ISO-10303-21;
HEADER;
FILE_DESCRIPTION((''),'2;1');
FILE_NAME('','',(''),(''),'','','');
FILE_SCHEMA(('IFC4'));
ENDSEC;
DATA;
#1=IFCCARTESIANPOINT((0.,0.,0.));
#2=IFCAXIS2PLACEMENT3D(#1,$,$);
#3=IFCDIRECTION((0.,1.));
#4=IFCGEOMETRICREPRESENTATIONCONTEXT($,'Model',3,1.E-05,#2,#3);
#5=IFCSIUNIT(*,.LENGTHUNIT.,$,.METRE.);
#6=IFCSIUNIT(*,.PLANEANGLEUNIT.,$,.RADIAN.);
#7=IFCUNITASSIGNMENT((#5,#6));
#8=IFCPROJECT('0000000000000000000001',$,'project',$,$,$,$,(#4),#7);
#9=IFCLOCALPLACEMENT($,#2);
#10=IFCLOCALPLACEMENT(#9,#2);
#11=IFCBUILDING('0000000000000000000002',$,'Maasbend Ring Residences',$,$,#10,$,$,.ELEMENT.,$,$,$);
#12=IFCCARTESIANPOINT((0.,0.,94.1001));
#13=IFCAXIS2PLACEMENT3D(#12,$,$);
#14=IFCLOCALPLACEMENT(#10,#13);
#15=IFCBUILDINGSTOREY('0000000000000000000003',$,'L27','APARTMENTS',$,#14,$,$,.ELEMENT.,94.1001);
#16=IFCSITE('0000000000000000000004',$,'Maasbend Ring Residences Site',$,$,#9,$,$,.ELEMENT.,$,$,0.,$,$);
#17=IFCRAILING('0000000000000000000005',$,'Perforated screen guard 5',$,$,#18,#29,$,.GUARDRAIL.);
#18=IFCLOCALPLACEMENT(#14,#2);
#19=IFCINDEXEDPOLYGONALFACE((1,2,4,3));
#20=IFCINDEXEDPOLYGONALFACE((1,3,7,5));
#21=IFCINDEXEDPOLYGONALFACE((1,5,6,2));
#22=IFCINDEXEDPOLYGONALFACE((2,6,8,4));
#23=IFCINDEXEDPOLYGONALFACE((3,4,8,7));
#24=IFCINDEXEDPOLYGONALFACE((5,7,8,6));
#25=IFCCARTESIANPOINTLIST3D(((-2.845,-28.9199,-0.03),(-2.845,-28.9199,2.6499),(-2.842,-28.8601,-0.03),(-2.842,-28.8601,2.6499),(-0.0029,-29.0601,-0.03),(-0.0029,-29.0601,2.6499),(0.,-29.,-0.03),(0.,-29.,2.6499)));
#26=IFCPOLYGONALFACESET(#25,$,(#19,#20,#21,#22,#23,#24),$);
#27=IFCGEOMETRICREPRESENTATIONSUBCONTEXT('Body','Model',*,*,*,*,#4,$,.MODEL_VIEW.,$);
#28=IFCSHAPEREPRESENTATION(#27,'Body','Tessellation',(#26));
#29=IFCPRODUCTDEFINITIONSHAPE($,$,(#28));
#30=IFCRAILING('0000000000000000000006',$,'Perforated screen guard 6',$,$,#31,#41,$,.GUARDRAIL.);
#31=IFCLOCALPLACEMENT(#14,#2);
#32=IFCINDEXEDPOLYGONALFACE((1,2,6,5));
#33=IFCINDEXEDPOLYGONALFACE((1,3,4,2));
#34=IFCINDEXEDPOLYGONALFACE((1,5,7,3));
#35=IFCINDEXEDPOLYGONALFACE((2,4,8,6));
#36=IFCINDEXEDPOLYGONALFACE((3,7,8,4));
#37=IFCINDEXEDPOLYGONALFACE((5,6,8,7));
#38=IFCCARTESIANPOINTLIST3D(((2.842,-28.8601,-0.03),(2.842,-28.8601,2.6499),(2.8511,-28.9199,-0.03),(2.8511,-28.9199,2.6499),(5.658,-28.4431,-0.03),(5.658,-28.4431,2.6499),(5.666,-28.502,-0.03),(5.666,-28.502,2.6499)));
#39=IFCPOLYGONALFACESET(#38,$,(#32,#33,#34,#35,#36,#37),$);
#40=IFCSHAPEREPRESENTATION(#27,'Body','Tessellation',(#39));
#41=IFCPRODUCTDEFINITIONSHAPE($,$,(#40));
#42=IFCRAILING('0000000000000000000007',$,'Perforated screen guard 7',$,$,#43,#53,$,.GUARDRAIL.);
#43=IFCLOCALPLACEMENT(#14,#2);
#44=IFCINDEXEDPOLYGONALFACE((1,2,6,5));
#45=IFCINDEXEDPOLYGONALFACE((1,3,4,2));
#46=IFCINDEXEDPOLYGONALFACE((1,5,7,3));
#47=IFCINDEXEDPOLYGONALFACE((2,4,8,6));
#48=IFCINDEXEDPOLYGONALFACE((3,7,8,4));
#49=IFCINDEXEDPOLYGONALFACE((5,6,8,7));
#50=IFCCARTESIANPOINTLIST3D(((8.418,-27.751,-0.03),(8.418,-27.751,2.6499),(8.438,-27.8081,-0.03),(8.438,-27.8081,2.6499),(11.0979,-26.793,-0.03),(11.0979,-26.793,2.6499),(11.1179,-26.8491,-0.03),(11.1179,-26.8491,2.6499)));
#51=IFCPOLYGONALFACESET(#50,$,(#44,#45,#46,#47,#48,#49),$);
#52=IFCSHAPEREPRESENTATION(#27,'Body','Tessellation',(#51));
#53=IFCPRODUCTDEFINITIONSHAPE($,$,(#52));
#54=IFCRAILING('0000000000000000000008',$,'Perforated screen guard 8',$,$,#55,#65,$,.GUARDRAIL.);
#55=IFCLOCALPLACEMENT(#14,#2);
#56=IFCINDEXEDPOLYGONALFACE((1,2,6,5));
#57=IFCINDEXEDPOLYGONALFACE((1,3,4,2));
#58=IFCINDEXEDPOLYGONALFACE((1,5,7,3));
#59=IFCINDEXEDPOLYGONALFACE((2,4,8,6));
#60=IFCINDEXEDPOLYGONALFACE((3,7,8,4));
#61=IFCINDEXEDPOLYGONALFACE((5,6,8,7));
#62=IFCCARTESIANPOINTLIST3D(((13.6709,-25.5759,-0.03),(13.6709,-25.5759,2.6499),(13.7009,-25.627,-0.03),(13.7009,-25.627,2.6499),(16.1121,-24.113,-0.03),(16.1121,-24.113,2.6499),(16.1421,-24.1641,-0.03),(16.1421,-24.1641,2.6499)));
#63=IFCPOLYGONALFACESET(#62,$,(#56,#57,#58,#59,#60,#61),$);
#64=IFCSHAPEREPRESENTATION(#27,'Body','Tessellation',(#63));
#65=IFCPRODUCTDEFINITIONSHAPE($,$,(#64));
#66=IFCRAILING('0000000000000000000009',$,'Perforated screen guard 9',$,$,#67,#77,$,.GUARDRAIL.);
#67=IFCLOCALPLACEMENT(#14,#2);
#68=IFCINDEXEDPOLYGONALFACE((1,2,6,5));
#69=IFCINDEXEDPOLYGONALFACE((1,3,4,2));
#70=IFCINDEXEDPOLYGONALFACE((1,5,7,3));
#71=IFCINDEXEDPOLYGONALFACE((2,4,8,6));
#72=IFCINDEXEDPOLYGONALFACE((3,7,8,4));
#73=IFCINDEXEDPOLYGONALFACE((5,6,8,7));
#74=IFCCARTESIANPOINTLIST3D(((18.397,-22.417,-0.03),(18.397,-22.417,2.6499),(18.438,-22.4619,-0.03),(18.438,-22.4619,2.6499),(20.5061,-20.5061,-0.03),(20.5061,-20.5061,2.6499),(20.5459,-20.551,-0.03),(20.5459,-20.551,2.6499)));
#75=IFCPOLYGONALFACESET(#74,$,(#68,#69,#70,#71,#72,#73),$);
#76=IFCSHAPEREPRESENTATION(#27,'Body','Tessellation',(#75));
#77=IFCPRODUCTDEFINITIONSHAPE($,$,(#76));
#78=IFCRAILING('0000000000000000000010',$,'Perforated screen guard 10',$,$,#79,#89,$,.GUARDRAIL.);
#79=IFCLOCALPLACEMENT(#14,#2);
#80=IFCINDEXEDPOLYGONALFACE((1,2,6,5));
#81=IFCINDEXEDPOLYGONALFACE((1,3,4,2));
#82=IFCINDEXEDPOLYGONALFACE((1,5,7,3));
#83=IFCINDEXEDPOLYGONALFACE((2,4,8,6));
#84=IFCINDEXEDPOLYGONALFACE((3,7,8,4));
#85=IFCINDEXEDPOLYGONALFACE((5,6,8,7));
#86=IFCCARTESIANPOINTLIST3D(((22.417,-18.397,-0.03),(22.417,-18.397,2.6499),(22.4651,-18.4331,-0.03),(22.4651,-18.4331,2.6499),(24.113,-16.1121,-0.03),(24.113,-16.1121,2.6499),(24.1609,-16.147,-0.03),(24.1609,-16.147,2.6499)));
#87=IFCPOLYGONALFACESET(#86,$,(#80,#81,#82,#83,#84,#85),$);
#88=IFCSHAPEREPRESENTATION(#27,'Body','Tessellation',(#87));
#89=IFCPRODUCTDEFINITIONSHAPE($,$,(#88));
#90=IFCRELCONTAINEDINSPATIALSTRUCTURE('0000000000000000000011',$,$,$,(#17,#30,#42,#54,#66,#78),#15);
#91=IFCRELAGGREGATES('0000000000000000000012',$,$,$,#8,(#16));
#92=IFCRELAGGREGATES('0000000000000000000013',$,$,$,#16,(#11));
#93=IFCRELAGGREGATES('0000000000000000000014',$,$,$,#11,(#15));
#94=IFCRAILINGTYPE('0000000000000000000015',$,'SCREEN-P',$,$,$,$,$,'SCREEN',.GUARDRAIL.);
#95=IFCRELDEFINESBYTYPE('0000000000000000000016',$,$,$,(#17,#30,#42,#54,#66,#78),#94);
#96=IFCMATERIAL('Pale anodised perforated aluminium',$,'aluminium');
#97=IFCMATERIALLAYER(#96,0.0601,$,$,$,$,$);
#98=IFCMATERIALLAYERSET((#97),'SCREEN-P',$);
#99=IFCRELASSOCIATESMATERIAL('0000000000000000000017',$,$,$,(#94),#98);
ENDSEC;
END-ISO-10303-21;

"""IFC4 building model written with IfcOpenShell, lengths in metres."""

from ifc_helpers import new_model, si_unit, direction, frame, origin, place, context, subcontext, project, spatial, polyline, outline, extrude, material, layer, layer_set, type_object, element, save


model = new_model("IFC4")

# Units and contexts
model_context = context("Model", 3, precision=1e-05, world=origin(), true_north=direction((0.0, 1.0)))
body_context = subcontext(model_context, "Body", "Model", "MODEL_VIEW")
ifc_project = project(units=[si_unit("LENGTHUNIT", "METRE"), si_unit("PLANEANGLEUNIT", "RADIAN")], contexts=[model_context])

# Site, building, storey
site_placement = place(None, origin())
site = spatial("IfcSite", under=ifc_project, at=site_placement, Name="Maasbend Ring Residences Site", CompositionType="ELEMENT", RefElevation=0.0)
building_placement = place(site_placement, origin())
building = spatial("IfcBuilding", under=site, at=building_placement, Name="Maasbend Ring Residences", CompositionType="ELEMENT")
storey_placement = place(building_placement, frame((0.0, 0.0, 94.1001)))
storey = spatial("IfcBuildingStorey", under=building, at=storey_placement, Name="L27", Description="APARTMENTS", CompositionType="ELEMENT", Elevation=94.1001)

# Railings
ifc_material_1 = material(Name="Pale anodised perforated aluminium", Category="aluminium")
ifc_layer_1 = layer(ifc_material_1, 0.0601)
ifc_layer_set_1 = layer_set([ifc_layer_1], Name="SCREEN-P")
railing_type = type_object("IfcRailingType", Name="SCREEN-P", ElementType="SCREEN", PredefinedType="GUARDRAIL", material=ifc_layer_set_1)
railing_1_placement = place(storey_placement, frame((0.0, 0.0, -0.03)))
element("IfcRailing", 1, at=railing_1_placement, inside=storey, type_object=railing_type, Name="Perforated screen guard 5", PredefinedType="GUARDRAIL", context=body_context, shape_type="SweptSolid", body=[
    extrude(outline(polyline([(-2.842, -28.8601), (0.0, -29.0), (-0.0029, -29.0601), (-2.845, -28.9199), (-2.842, -28.8601)])), origin(), (0.0, 0.0, 1.0), 2.6799),
])
railing_2_placement = place(storey_placement, frame((0.0, 0.0, -0.03)))
element("IfcRailing", 2, at=railing_2_placement, inside=storey, type_object=railing_type, Name="Perforated screen guard 6", PredefinedType="GUARDRAIL", context=body_context, shape_type="SweptSolid", body=[
    extrude(outline(polyline([(2.842, -28.8601), (5.658, -28.4431), (5.666, -28.502), (2.8511, -28.9199), (2.842, -28.8601)])), origin(), (0.0, 0.0, 1.0), 2.6799),
])
railing_3_placement = place(storey_placement, frame((0.0, 0.0, -0.03)))
element("IfcRailing", 3, at=railing_3_placement, inside=storey, type_object=railing_type, Name="Perforated screen guard 7", PredefinedType="GUARDRAIL", context=body_context, shape_type="SweptSolid", body=[
    extrude(outline(polyline([(8.418, -27.751), (11.0979, -26.793), (11.1179, -26.8491), (8.438, -27.8081), (8.418, -27.751)])), origin(), (0.0, 0.0, 1.0), 2.6799),
])
railing_4_placement = place(storey_placement, frame((0.0, 0.0, -0.03)))
element("IfcRailing", 4, at=railing_4_placement, inside=storey, type_object=railing_type, Name="Perforated screen guard 8", PredefinedType="GUARDRAIL", context=body_context, shape_type="SweptSolid", body=[
    extrude(outline(polyline([(13.6709, -25.5759), (16.1121, -24.113), (16.1421, -24.1641), (13.7009, -25.627), (13.6709, -25.5759)])), origin(), (0.0, 0.0, 1.0), 2.6799),
])
railing_5_placement = place(storey_placement, frame((0.0, 0.0, -0.03)))
element("IfcRailing", 5, at=railing_5_placement, inside=storey, type_object=railing_type, Name="Perforated screen guard 9", PredefinedType="GUARDRAIL", context=body_context, shape_type="SweptSolid", body=[
    extrude(outline(polyline([(18.397, -22.417), (20.5061, -20.5061), (20.5459, -20.551), (18.438, -22.4619), (18.397, -22.417)])), origin(), (0.0, 0.0, 1.0), 2.6799),
])
railing_6_placement = place(storey_placement, frame((0.0, 0.0, -0.03)))
element("IfcRailing", 6, at=railing_6_placement, inside=storey, type_object=railing_type, Name="Perforated screen guard 10", PredefinedType="GUARDRAIL", context=body_context, shape_type="SweptSolid", body=[
    extrude(outline(polyline([(22.417, -18.397), (24.113, -16.1121), (24.1609, -16.147), (22.4651, -18.4331), (22.417, -18.397)])), origin(), (0.0, 0.0, 1.0), 2.6799),
])

save(model, "model.ifc")
